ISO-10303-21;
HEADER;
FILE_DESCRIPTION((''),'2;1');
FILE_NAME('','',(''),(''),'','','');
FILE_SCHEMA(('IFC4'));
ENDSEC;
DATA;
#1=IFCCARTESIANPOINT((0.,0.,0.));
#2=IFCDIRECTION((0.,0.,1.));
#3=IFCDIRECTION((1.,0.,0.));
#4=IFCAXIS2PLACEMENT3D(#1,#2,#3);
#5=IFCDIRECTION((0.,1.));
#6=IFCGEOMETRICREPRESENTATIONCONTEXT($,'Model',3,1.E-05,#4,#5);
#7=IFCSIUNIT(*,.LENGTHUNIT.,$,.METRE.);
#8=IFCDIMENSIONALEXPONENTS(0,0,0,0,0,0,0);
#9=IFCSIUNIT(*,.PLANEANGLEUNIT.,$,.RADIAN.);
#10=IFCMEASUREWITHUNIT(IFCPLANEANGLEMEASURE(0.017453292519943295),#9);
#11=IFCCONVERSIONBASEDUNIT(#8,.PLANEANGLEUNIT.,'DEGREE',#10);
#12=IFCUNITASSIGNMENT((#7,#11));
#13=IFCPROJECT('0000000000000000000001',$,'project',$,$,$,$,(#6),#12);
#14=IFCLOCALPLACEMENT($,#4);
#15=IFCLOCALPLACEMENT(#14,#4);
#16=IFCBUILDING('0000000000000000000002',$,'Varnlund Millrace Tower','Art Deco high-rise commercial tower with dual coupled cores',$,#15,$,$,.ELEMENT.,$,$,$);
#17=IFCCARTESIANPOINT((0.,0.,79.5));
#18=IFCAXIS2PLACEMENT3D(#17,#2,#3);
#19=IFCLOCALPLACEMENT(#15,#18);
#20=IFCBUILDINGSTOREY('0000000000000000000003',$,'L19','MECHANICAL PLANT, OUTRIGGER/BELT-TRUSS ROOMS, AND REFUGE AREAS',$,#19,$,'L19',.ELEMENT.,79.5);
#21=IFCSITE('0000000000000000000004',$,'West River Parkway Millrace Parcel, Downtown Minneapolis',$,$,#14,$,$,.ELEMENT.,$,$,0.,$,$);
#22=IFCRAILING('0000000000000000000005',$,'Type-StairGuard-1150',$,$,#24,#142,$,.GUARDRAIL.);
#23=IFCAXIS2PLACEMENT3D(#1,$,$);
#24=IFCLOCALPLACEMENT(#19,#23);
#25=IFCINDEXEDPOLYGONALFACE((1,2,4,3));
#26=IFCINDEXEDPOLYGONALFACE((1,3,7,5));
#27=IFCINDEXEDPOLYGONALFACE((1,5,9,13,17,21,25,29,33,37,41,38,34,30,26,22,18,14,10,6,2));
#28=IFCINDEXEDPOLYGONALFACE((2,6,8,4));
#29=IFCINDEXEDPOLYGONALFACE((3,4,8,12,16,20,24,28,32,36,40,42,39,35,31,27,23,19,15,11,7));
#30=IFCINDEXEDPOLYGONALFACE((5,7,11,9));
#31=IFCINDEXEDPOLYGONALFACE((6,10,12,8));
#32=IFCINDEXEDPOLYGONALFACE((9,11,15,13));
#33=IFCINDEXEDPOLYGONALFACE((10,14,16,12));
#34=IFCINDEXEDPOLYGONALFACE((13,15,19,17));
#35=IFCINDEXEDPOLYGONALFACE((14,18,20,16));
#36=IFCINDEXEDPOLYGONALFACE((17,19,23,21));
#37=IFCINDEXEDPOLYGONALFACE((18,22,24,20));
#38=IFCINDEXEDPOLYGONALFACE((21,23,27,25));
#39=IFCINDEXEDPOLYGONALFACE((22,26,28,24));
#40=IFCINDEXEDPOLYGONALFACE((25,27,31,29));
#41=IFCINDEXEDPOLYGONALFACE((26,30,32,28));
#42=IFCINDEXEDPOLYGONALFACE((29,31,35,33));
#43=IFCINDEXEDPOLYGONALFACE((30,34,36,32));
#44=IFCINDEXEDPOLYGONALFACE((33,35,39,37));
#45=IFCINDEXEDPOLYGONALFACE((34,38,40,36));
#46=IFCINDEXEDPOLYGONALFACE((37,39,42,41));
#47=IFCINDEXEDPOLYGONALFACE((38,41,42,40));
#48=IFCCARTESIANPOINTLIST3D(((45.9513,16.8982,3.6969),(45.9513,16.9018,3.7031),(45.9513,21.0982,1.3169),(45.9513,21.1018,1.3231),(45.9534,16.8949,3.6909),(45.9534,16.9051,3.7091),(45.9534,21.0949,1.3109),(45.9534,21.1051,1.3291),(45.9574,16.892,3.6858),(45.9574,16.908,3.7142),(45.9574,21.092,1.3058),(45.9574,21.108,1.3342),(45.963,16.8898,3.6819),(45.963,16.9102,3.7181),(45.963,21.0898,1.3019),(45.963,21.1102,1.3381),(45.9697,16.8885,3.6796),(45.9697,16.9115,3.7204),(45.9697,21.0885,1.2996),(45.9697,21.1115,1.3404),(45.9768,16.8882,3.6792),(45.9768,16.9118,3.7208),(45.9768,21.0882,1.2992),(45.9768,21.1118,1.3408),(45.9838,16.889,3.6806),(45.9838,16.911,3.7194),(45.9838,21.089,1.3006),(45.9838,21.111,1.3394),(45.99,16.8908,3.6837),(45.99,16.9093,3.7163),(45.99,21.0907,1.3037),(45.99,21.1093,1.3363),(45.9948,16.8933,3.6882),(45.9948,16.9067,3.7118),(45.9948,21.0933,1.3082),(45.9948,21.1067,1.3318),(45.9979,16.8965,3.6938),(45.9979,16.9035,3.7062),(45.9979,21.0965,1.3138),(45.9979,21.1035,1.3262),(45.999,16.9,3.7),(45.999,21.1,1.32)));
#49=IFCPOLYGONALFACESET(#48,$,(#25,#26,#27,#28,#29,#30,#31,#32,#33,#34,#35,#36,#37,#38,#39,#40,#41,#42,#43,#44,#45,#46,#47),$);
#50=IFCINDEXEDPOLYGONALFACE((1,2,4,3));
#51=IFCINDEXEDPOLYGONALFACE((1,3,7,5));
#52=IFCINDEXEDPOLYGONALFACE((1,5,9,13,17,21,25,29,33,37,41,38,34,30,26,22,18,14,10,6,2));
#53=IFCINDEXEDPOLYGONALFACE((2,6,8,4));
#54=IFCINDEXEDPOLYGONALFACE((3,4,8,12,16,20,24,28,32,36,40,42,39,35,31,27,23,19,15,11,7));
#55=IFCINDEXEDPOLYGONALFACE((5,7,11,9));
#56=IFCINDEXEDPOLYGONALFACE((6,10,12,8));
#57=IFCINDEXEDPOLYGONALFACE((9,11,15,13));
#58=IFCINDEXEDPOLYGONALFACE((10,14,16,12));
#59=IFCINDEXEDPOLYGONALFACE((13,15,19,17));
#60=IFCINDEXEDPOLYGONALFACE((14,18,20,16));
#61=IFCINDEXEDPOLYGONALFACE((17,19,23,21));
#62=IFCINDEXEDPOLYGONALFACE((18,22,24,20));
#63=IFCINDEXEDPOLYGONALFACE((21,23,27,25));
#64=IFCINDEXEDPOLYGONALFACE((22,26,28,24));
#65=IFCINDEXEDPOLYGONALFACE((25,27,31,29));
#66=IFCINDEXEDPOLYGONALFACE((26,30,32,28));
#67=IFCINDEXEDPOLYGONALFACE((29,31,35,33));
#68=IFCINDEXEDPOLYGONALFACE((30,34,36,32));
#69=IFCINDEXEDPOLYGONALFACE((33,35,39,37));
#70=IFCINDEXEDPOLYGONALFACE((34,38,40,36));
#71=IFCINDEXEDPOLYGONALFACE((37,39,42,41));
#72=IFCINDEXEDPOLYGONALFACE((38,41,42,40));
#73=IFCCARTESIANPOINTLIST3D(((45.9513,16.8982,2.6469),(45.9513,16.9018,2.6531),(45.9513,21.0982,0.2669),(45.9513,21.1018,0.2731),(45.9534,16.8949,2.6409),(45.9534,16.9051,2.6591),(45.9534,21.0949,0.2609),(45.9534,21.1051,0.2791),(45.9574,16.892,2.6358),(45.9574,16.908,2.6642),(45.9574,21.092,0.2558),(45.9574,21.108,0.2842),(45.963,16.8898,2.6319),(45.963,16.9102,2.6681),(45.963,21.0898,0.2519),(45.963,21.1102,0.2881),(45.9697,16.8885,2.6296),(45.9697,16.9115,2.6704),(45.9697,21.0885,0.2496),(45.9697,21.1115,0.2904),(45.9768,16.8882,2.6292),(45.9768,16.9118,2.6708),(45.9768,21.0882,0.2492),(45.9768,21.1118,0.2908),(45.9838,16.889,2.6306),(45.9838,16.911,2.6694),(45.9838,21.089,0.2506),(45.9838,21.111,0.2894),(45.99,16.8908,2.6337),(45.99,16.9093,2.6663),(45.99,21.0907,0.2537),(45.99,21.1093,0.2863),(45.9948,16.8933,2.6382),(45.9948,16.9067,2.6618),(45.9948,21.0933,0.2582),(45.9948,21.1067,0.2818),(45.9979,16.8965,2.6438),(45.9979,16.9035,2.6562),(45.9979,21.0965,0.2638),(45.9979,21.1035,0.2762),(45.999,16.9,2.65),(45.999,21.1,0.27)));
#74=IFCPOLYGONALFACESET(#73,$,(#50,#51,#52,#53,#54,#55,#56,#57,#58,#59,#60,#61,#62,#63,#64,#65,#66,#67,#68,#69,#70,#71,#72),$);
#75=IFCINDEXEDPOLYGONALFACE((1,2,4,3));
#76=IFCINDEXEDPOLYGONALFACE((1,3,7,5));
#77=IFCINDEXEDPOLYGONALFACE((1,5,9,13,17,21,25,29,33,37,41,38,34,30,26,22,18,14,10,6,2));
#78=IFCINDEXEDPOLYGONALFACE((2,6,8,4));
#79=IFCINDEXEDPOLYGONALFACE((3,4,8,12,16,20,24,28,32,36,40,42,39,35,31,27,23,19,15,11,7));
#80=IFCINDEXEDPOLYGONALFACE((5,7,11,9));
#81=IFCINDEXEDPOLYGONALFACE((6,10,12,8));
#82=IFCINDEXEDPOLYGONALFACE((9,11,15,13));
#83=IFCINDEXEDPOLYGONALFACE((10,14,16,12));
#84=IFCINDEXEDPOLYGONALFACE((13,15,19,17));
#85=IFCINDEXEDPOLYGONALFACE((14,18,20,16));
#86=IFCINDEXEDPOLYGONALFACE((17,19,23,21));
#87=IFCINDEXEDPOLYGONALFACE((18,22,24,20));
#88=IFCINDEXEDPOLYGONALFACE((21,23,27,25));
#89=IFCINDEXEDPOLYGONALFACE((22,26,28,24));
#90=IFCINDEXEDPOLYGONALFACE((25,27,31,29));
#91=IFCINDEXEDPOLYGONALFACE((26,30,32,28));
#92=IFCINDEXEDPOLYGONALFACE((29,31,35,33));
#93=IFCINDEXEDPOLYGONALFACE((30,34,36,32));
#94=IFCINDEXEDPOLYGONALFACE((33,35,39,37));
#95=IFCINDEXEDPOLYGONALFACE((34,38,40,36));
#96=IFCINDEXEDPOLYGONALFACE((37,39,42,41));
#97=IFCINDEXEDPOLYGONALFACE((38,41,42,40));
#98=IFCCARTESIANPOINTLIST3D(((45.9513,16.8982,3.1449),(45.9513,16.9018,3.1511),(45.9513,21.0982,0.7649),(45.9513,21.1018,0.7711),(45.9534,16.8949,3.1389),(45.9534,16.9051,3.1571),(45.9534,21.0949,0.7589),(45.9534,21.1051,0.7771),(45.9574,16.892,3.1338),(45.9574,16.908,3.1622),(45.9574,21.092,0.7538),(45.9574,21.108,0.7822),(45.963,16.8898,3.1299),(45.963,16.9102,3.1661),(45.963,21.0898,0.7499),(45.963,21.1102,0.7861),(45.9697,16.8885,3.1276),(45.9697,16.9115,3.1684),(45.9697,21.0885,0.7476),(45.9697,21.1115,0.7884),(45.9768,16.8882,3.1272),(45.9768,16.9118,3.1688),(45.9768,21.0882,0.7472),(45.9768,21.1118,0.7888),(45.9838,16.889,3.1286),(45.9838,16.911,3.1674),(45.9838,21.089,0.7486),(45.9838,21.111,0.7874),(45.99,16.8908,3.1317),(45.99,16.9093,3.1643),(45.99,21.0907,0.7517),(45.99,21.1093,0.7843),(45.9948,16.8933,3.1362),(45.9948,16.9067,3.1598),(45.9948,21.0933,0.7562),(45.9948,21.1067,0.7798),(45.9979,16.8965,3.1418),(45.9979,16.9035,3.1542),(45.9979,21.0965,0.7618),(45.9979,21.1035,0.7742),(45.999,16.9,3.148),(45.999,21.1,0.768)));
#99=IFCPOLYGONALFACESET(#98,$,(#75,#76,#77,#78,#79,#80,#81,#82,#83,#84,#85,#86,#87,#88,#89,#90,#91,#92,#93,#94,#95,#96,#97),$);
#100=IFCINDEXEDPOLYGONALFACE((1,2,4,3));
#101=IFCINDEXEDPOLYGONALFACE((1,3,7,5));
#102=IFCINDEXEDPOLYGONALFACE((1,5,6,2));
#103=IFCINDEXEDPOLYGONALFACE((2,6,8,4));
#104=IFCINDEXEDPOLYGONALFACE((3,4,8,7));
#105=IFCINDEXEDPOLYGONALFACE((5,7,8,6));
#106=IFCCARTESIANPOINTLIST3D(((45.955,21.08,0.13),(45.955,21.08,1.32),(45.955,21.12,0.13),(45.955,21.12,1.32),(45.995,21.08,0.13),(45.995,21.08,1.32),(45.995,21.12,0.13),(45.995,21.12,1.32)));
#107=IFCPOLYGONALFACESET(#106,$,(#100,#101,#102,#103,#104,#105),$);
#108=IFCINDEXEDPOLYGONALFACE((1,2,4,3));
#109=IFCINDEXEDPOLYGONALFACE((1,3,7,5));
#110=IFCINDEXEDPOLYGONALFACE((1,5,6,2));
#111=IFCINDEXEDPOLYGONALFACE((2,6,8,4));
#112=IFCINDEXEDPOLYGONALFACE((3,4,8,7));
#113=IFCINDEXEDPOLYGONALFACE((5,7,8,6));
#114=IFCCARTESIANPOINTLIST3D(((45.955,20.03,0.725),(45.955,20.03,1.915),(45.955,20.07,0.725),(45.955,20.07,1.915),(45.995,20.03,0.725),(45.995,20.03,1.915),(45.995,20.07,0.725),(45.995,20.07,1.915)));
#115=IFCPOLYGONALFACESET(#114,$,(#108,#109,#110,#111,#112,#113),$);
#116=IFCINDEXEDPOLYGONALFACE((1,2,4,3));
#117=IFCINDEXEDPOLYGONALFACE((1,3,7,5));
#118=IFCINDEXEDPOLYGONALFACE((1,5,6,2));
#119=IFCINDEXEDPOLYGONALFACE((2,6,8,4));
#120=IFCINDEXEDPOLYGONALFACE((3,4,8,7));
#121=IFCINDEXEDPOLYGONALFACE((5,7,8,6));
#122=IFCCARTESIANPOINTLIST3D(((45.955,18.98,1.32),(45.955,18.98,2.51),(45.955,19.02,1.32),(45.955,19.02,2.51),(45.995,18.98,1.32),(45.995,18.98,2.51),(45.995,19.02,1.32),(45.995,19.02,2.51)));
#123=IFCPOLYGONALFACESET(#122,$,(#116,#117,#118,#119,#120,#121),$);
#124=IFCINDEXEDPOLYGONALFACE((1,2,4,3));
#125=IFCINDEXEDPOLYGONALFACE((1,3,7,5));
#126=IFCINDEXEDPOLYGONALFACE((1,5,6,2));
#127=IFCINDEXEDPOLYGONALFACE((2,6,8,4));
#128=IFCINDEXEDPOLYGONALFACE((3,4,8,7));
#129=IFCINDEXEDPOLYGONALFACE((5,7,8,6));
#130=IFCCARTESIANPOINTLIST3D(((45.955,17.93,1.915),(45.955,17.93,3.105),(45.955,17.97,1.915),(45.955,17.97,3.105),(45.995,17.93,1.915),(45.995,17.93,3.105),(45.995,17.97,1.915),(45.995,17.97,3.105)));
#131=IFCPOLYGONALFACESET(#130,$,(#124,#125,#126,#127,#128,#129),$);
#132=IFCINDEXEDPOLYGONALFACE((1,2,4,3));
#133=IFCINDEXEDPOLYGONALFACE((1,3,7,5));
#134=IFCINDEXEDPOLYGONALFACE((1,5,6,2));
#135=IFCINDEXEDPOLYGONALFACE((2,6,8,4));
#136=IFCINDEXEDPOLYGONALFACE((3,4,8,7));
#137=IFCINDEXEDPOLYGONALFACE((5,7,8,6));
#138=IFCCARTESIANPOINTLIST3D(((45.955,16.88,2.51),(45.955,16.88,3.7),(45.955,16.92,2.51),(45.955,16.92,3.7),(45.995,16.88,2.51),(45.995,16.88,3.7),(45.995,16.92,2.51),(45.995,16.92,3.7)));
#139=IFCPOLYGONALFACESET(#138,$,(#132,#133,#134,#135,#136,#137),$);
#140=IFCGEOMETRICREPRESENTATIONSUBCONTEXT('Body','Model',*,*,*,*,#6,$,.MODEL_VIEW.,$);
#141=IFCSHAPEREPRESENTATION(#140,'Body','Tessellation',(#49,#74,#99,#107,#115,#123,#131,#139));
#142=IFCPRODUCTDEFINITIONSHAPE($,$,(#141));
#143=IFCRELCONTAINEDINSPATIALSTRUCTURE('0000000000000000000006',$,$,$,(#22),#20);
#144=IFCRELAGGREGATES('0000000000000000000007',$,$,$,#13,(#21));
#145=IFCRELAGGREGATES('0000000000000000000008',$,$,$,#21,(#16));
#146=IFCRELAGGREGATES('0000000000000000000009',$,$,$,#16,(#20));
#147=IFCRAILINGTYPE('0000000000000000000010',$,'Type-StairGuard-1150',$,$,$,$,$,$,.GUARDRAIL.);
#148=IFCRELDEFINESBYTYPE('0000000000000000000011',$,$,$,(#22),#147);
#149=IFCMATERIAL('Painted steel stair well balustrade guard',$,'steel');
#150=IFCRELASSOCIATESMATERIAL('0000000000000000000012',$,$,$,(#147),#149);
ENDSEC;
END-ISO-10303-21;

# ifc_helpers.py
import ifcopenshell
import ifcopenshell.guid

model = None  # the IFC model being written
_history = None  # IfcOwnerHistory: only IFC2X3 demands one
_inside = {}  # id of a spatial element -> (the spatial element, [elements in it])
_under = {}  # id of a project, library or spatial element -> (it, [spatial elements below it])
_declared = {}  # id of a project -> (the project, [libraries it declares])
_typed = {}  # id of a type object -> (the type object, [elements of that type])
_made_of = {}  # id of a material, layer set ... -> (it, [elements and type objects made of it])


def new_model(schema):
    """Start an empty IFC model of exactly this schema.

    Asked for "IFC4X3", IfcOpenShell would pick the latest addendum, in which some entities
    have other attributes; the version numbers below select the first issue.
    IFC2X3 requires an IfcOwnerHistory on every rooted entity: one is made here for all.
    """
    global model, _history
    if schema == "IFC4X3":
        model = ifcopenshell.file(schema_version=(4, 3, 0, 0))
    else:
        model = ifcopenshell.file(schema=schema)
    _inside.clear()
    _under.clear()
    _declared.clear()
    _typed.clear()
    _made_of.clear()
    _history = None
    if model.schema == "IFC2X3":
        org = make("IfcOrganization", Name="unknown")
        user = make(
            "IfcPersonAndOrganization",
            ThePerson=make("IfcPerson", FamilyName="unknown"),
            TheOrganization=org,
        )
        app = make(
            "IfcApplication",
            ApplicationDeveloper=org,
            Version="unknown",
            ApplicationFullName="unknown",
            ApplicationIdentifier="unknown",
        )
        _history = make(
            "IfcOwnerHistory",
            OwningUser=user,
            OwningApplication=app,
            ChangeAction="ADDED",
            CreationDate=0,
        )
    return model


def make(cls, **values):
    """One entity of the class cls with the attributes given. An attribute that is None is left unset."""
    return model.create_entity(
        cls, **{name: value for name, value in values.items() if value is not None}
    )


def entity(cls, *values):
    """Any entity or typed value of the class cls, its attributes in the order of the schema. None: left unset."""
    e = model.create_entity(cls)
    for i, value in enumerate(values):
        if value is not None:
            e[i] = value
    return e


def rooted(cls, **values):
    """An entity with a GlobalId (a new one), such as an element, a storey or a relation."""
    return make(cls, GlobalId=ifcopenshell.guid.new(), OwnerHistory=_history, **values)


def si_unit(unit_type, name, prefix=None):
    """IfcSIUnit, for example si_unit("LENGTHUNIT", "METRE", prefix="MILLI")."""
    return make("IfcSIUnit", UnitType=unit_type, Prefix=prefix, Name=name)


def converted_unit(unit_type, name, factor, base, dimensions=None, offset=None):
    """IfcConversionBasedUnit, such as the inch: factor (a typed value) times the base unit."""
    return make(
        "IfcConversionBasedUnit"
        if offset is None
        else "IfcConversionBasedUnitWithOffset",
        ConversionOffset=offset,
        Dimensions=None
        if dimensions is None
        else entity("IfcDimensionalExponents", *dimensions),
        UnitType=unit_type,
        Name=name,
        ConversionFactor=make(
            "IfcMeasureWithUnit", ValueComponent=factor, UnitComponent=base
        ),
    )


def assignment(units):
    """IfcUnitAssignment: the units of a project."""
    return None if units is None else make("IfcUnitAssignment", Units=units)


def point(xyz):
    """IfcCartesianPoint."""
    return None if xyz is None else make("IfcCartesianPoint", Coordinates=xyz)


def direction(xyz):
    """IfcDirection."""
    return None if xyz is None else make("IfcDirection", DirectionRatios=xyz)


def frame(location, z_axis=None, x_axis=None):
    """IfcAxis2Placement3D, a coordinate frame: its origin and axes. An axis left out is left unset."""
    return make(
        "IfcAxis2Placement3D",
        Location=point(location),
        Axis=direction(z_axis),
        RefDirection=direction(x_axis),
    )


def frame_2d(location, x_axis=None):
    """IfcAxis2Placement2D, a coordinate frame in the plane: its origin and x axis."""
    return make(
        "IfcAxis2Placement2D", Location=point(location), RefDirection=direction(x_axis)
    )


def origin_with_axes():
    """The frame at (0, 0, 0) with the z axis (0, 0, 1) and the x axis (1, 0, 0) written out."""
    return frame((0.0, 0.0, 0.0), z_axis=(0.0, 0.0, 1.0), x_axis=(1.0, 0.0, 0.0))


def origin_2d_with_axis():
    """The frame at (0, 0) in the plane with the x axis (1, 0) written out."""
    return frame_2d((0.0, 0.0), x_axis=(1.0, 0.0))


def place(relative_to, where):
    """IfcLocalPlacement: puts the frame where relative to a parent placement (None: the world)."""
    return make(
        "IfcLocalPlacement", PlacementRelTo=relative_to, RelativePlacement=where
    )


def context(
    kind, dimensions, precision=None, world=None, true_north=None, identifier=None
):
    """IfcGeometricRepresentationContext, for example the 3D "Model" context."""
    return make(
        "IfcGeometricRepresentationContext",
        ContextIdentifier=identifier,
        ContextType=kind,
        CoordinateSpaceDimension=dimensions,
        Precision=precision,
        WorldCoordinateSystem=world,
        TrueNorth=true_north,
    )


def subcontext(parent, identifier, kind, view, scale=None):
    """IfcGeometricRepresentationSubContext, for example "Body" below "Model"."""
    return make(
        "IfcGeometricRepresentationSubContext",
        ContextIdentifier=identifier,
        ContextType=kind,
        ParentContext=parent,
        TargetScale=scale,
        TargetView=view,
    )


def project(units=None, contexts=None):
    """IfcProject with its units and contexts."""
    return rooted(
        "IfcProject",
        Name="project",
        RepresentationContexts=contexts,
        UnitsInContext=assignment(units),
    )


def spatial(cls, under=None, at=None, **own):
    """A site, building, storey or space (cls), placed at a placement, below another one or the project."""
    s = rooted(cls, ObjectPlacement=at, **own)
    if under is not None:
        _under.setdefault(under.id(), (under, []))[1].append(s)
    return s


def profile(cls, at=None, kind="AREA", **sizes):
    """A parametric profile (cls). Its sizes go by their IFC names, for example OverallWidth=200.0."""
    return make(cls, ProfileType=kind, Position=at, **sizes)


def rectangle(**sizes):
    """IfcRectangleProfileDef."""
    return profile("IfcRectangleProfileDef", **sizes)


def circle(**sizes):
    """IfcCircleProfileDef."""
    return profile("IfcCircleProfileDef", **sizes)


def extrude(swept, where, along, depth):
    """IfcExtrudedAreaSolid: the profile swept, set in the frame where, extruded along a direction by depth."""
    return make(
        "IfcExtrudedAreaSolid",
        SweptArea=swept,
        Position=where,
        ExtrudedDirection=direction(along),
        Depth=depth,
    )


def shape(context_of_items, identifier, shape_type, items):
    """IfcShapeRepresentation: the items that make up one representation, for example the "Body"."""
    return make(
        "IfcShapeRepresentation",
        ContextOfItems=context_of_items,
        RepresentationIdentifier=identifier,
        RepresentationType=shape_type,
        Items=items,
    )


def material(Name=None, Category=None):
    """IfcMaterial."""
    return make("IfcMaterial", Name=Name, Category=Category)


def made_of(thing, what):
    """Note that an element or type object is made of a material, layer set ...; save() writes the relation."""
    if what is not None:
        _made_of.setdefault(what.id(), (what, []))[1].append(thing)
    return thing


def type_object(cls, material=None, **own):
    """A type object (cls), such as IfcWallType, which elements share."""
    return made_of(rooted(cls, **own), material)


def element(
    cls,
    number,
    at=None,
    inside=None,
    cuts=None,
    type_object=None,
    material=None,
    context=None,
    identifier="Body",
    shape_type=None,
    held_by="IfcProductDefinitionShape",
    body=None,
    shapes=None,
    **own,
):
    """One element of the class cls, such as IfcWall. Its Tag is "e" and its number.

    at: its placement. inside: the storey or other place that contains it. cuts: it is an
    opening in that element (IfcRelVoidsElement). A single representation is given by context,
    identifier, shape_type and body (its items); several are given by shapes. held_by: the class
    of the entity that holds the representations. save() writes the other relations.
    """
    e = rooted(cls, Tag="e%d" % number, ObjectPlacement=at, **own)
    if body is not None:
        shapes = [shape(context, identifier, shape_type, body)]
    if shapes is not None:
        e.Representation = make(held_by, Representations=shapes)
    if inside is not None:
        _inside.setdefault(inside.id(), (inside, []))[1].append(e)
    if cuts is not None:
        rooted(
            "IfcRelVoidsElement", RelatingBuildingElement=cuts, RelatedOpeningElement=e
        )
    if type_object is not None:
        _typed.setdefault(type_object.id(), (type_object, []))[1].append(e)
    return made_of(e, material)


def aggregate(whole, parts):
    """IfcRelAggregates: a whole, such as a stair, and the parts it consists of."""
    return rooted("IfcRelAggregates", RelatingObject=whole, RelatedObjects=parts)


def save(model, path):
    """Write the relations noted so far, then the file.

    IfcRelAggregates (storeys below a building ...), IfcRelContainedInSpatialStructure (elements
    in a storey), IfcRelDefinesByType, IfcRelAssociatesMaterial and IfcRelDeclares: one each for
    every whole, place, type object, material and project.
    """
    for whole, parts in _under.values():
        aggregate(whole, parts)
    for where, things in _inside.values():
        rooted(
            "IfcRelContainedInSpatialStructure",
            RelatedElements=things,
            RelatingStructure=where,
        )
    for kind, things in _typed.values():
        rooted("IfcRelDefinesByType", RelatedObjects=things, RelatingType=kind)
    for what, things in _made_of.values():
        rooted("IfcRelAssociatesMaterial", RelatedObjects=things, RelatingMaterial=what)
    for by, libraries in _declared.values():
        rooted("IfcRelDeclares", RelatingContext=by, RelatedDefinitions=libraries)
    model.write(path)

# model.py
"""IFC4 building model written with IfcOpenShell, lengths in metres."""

from ifc_helpers import new_model, entity, si_unit, converted_unit, direction, frame, origin_with_axes, origin_2d_with_axis, place, context, subcontext, project, spatial, rectangle, circle, extrude, material, type_object, element, save


model = new_model("IFC4")

# Units and contexts
model_context = context("Model", 3, precision=1e-05, world=origin_with_axes(), true_north=direction((0.0, 1.0)))
body_context = subcontext(model_context, "Body", "Model", "MODEL_VIEW")
ifc_project = project(units=[si_unit("LENGTHUNIT", "METRE"), converted_unit("PLANEANGLEUNIT", "DEGREE", entity("IfcPlaneAngleMeasure", 0.017453292519943295), si_unit("PLANEANGLEUNIT", "RADIAN"), dimensions=[0, 0, 0, 0, 0, 0, 0])], contexts=[model_context])

# Site, building, storey
site_placement = place(None, origin_with_axes())
site = spatial("IfcSite", under=ifc_project, at=site_placement, Name="West River Parkway Millrace Parcel, Downtown Minneapolis", CompositionType="ELEMENT", RefElevation=0.0)
building_placement = place(site_placement, origin_with_axes())
building = spatial("IfcBuilding", under=site, at=building_placement, Name="Varnlund Millrace Tower", Description="Art Deco high-rise commercial tower with dual coupled cores", CompositionType="ELEMENT")
storey_placement = place(building_placement, frame((0.0, 0.0, 79.5), z_axis=(0.0, 0.0, 1.0), x_axis=(1.0, 0.0, 0.0)))
storey = spatial("IfcBuildingStorey", under=building, at=storey_placement, Name="L19", Description="MECHANICAL PLANT, OUTRIGGER/BELT-TRUSS ROOMS, AND REFUGE AREAS", LongName="L19", CompositionType="ELEMENT", Elevation=79.5)

# Railing
ifc_material_1 = material(Name="Painted steel stair well balustrade guard", Category="steel")
railing_type_1 = type_object("IfcRailingType", Name="Type-StairGuard-1150", PredefinedType="GUARDRAIL", material=ifc_material_1)
railing_1_placement = place(storey_placement, frame((0.0, 0.0, -79.5), z_axis=(0.0, 0.0, 1.0), x_axis=(1.0, 0.0, 0.0)))
element("IfcRailing", 1, at=railing_1_placement, inside=storey, type_object=railing_type_1, Name="Type-StairGuard-1150", PredefinedType="GUARDRAIL", context=body_context, shape_type="SweptSolid", body=[
    extrude(circle(Radius=0.024, at=origin_2d_with_axis()), frame((45.975, 21.1, 80.82), z_axis=(0.0, -0.870022, 0.493013), x_axis=(1.0, 0.0, 0.0)), (0.0, 0.0, 1.0), 4.8275),
    extrude(circle(Radius=0.024, at=origin_2d_with_axis()), frame((45.975, 21.1, 79.77), z_axis=(0.0, -0.870022, 0.493013), x_axis=(1.0, 0.0, 0.0)), (0.0, 0.0, 1.0), 4.8275),
    extrude(circle(Radius=0.024, at=origin_2d_with_axis()), frame((45.975, 21.1, 80.268), z_axis=(0.0, -0.870022, 0.493013), x_axis=(1.0, 0.0, 0.0)), (0.0, 0.0, 1.0), 4.8275),
    extrude(rectangle(XDim=0.04, YDim=0.04, at=origin_2d_with_axis()), frame((45.975, 21.1, 79.63), z_axis=(0.0, 0.0, 1.0), x_axis=(1.0, 0.0, 0.0)), (0.0, 0.0, 1.0), 1.19),
    extrude(rectangle(XDim=0.04, YDim=0.04, at=origin_2d_with_axis()), frame((45.975, 20.05, 80.225), z_axis=(0.0, 0.0, 1.0), x_axis=(1.0, 0.0, 0.0)), (0.0, 0.0, 1.0), 1.19),
    extrude(rectangle(XDim=0.04, YDim=0.04, at=origin_2d_with_axis()), frame((45.975, 19.0, 80.82), z_axis=(0.0, 0.0, 1.0), x_axis=(1.0, 0.0, 0.0)), (0.0, 0.0, 1.0), 1.19),
    extrude(rectangle(XDim=0.04, YDim=0.04, at=origin_2d_with_axis()), frame((45.975, 17.95, 81.415), z_axis=(0.0, 0.0, 1.0), x_axis=(1.0, 0.0, 0.0)), (0.0, 0.0, 1.0), 1.19),
    extrude(rectangle(XDim=0.04, YDim=0.04, at=origin_2d_with_axis()), frame((45.975, 16.9, 82.01), z_axis=(0.0, 0.0, 1.0), x_axis=(1.0, 0.0, 0.0)), (0.0, 0.0, 1.0), 1.19),
])

save(model, "model.ifc")
